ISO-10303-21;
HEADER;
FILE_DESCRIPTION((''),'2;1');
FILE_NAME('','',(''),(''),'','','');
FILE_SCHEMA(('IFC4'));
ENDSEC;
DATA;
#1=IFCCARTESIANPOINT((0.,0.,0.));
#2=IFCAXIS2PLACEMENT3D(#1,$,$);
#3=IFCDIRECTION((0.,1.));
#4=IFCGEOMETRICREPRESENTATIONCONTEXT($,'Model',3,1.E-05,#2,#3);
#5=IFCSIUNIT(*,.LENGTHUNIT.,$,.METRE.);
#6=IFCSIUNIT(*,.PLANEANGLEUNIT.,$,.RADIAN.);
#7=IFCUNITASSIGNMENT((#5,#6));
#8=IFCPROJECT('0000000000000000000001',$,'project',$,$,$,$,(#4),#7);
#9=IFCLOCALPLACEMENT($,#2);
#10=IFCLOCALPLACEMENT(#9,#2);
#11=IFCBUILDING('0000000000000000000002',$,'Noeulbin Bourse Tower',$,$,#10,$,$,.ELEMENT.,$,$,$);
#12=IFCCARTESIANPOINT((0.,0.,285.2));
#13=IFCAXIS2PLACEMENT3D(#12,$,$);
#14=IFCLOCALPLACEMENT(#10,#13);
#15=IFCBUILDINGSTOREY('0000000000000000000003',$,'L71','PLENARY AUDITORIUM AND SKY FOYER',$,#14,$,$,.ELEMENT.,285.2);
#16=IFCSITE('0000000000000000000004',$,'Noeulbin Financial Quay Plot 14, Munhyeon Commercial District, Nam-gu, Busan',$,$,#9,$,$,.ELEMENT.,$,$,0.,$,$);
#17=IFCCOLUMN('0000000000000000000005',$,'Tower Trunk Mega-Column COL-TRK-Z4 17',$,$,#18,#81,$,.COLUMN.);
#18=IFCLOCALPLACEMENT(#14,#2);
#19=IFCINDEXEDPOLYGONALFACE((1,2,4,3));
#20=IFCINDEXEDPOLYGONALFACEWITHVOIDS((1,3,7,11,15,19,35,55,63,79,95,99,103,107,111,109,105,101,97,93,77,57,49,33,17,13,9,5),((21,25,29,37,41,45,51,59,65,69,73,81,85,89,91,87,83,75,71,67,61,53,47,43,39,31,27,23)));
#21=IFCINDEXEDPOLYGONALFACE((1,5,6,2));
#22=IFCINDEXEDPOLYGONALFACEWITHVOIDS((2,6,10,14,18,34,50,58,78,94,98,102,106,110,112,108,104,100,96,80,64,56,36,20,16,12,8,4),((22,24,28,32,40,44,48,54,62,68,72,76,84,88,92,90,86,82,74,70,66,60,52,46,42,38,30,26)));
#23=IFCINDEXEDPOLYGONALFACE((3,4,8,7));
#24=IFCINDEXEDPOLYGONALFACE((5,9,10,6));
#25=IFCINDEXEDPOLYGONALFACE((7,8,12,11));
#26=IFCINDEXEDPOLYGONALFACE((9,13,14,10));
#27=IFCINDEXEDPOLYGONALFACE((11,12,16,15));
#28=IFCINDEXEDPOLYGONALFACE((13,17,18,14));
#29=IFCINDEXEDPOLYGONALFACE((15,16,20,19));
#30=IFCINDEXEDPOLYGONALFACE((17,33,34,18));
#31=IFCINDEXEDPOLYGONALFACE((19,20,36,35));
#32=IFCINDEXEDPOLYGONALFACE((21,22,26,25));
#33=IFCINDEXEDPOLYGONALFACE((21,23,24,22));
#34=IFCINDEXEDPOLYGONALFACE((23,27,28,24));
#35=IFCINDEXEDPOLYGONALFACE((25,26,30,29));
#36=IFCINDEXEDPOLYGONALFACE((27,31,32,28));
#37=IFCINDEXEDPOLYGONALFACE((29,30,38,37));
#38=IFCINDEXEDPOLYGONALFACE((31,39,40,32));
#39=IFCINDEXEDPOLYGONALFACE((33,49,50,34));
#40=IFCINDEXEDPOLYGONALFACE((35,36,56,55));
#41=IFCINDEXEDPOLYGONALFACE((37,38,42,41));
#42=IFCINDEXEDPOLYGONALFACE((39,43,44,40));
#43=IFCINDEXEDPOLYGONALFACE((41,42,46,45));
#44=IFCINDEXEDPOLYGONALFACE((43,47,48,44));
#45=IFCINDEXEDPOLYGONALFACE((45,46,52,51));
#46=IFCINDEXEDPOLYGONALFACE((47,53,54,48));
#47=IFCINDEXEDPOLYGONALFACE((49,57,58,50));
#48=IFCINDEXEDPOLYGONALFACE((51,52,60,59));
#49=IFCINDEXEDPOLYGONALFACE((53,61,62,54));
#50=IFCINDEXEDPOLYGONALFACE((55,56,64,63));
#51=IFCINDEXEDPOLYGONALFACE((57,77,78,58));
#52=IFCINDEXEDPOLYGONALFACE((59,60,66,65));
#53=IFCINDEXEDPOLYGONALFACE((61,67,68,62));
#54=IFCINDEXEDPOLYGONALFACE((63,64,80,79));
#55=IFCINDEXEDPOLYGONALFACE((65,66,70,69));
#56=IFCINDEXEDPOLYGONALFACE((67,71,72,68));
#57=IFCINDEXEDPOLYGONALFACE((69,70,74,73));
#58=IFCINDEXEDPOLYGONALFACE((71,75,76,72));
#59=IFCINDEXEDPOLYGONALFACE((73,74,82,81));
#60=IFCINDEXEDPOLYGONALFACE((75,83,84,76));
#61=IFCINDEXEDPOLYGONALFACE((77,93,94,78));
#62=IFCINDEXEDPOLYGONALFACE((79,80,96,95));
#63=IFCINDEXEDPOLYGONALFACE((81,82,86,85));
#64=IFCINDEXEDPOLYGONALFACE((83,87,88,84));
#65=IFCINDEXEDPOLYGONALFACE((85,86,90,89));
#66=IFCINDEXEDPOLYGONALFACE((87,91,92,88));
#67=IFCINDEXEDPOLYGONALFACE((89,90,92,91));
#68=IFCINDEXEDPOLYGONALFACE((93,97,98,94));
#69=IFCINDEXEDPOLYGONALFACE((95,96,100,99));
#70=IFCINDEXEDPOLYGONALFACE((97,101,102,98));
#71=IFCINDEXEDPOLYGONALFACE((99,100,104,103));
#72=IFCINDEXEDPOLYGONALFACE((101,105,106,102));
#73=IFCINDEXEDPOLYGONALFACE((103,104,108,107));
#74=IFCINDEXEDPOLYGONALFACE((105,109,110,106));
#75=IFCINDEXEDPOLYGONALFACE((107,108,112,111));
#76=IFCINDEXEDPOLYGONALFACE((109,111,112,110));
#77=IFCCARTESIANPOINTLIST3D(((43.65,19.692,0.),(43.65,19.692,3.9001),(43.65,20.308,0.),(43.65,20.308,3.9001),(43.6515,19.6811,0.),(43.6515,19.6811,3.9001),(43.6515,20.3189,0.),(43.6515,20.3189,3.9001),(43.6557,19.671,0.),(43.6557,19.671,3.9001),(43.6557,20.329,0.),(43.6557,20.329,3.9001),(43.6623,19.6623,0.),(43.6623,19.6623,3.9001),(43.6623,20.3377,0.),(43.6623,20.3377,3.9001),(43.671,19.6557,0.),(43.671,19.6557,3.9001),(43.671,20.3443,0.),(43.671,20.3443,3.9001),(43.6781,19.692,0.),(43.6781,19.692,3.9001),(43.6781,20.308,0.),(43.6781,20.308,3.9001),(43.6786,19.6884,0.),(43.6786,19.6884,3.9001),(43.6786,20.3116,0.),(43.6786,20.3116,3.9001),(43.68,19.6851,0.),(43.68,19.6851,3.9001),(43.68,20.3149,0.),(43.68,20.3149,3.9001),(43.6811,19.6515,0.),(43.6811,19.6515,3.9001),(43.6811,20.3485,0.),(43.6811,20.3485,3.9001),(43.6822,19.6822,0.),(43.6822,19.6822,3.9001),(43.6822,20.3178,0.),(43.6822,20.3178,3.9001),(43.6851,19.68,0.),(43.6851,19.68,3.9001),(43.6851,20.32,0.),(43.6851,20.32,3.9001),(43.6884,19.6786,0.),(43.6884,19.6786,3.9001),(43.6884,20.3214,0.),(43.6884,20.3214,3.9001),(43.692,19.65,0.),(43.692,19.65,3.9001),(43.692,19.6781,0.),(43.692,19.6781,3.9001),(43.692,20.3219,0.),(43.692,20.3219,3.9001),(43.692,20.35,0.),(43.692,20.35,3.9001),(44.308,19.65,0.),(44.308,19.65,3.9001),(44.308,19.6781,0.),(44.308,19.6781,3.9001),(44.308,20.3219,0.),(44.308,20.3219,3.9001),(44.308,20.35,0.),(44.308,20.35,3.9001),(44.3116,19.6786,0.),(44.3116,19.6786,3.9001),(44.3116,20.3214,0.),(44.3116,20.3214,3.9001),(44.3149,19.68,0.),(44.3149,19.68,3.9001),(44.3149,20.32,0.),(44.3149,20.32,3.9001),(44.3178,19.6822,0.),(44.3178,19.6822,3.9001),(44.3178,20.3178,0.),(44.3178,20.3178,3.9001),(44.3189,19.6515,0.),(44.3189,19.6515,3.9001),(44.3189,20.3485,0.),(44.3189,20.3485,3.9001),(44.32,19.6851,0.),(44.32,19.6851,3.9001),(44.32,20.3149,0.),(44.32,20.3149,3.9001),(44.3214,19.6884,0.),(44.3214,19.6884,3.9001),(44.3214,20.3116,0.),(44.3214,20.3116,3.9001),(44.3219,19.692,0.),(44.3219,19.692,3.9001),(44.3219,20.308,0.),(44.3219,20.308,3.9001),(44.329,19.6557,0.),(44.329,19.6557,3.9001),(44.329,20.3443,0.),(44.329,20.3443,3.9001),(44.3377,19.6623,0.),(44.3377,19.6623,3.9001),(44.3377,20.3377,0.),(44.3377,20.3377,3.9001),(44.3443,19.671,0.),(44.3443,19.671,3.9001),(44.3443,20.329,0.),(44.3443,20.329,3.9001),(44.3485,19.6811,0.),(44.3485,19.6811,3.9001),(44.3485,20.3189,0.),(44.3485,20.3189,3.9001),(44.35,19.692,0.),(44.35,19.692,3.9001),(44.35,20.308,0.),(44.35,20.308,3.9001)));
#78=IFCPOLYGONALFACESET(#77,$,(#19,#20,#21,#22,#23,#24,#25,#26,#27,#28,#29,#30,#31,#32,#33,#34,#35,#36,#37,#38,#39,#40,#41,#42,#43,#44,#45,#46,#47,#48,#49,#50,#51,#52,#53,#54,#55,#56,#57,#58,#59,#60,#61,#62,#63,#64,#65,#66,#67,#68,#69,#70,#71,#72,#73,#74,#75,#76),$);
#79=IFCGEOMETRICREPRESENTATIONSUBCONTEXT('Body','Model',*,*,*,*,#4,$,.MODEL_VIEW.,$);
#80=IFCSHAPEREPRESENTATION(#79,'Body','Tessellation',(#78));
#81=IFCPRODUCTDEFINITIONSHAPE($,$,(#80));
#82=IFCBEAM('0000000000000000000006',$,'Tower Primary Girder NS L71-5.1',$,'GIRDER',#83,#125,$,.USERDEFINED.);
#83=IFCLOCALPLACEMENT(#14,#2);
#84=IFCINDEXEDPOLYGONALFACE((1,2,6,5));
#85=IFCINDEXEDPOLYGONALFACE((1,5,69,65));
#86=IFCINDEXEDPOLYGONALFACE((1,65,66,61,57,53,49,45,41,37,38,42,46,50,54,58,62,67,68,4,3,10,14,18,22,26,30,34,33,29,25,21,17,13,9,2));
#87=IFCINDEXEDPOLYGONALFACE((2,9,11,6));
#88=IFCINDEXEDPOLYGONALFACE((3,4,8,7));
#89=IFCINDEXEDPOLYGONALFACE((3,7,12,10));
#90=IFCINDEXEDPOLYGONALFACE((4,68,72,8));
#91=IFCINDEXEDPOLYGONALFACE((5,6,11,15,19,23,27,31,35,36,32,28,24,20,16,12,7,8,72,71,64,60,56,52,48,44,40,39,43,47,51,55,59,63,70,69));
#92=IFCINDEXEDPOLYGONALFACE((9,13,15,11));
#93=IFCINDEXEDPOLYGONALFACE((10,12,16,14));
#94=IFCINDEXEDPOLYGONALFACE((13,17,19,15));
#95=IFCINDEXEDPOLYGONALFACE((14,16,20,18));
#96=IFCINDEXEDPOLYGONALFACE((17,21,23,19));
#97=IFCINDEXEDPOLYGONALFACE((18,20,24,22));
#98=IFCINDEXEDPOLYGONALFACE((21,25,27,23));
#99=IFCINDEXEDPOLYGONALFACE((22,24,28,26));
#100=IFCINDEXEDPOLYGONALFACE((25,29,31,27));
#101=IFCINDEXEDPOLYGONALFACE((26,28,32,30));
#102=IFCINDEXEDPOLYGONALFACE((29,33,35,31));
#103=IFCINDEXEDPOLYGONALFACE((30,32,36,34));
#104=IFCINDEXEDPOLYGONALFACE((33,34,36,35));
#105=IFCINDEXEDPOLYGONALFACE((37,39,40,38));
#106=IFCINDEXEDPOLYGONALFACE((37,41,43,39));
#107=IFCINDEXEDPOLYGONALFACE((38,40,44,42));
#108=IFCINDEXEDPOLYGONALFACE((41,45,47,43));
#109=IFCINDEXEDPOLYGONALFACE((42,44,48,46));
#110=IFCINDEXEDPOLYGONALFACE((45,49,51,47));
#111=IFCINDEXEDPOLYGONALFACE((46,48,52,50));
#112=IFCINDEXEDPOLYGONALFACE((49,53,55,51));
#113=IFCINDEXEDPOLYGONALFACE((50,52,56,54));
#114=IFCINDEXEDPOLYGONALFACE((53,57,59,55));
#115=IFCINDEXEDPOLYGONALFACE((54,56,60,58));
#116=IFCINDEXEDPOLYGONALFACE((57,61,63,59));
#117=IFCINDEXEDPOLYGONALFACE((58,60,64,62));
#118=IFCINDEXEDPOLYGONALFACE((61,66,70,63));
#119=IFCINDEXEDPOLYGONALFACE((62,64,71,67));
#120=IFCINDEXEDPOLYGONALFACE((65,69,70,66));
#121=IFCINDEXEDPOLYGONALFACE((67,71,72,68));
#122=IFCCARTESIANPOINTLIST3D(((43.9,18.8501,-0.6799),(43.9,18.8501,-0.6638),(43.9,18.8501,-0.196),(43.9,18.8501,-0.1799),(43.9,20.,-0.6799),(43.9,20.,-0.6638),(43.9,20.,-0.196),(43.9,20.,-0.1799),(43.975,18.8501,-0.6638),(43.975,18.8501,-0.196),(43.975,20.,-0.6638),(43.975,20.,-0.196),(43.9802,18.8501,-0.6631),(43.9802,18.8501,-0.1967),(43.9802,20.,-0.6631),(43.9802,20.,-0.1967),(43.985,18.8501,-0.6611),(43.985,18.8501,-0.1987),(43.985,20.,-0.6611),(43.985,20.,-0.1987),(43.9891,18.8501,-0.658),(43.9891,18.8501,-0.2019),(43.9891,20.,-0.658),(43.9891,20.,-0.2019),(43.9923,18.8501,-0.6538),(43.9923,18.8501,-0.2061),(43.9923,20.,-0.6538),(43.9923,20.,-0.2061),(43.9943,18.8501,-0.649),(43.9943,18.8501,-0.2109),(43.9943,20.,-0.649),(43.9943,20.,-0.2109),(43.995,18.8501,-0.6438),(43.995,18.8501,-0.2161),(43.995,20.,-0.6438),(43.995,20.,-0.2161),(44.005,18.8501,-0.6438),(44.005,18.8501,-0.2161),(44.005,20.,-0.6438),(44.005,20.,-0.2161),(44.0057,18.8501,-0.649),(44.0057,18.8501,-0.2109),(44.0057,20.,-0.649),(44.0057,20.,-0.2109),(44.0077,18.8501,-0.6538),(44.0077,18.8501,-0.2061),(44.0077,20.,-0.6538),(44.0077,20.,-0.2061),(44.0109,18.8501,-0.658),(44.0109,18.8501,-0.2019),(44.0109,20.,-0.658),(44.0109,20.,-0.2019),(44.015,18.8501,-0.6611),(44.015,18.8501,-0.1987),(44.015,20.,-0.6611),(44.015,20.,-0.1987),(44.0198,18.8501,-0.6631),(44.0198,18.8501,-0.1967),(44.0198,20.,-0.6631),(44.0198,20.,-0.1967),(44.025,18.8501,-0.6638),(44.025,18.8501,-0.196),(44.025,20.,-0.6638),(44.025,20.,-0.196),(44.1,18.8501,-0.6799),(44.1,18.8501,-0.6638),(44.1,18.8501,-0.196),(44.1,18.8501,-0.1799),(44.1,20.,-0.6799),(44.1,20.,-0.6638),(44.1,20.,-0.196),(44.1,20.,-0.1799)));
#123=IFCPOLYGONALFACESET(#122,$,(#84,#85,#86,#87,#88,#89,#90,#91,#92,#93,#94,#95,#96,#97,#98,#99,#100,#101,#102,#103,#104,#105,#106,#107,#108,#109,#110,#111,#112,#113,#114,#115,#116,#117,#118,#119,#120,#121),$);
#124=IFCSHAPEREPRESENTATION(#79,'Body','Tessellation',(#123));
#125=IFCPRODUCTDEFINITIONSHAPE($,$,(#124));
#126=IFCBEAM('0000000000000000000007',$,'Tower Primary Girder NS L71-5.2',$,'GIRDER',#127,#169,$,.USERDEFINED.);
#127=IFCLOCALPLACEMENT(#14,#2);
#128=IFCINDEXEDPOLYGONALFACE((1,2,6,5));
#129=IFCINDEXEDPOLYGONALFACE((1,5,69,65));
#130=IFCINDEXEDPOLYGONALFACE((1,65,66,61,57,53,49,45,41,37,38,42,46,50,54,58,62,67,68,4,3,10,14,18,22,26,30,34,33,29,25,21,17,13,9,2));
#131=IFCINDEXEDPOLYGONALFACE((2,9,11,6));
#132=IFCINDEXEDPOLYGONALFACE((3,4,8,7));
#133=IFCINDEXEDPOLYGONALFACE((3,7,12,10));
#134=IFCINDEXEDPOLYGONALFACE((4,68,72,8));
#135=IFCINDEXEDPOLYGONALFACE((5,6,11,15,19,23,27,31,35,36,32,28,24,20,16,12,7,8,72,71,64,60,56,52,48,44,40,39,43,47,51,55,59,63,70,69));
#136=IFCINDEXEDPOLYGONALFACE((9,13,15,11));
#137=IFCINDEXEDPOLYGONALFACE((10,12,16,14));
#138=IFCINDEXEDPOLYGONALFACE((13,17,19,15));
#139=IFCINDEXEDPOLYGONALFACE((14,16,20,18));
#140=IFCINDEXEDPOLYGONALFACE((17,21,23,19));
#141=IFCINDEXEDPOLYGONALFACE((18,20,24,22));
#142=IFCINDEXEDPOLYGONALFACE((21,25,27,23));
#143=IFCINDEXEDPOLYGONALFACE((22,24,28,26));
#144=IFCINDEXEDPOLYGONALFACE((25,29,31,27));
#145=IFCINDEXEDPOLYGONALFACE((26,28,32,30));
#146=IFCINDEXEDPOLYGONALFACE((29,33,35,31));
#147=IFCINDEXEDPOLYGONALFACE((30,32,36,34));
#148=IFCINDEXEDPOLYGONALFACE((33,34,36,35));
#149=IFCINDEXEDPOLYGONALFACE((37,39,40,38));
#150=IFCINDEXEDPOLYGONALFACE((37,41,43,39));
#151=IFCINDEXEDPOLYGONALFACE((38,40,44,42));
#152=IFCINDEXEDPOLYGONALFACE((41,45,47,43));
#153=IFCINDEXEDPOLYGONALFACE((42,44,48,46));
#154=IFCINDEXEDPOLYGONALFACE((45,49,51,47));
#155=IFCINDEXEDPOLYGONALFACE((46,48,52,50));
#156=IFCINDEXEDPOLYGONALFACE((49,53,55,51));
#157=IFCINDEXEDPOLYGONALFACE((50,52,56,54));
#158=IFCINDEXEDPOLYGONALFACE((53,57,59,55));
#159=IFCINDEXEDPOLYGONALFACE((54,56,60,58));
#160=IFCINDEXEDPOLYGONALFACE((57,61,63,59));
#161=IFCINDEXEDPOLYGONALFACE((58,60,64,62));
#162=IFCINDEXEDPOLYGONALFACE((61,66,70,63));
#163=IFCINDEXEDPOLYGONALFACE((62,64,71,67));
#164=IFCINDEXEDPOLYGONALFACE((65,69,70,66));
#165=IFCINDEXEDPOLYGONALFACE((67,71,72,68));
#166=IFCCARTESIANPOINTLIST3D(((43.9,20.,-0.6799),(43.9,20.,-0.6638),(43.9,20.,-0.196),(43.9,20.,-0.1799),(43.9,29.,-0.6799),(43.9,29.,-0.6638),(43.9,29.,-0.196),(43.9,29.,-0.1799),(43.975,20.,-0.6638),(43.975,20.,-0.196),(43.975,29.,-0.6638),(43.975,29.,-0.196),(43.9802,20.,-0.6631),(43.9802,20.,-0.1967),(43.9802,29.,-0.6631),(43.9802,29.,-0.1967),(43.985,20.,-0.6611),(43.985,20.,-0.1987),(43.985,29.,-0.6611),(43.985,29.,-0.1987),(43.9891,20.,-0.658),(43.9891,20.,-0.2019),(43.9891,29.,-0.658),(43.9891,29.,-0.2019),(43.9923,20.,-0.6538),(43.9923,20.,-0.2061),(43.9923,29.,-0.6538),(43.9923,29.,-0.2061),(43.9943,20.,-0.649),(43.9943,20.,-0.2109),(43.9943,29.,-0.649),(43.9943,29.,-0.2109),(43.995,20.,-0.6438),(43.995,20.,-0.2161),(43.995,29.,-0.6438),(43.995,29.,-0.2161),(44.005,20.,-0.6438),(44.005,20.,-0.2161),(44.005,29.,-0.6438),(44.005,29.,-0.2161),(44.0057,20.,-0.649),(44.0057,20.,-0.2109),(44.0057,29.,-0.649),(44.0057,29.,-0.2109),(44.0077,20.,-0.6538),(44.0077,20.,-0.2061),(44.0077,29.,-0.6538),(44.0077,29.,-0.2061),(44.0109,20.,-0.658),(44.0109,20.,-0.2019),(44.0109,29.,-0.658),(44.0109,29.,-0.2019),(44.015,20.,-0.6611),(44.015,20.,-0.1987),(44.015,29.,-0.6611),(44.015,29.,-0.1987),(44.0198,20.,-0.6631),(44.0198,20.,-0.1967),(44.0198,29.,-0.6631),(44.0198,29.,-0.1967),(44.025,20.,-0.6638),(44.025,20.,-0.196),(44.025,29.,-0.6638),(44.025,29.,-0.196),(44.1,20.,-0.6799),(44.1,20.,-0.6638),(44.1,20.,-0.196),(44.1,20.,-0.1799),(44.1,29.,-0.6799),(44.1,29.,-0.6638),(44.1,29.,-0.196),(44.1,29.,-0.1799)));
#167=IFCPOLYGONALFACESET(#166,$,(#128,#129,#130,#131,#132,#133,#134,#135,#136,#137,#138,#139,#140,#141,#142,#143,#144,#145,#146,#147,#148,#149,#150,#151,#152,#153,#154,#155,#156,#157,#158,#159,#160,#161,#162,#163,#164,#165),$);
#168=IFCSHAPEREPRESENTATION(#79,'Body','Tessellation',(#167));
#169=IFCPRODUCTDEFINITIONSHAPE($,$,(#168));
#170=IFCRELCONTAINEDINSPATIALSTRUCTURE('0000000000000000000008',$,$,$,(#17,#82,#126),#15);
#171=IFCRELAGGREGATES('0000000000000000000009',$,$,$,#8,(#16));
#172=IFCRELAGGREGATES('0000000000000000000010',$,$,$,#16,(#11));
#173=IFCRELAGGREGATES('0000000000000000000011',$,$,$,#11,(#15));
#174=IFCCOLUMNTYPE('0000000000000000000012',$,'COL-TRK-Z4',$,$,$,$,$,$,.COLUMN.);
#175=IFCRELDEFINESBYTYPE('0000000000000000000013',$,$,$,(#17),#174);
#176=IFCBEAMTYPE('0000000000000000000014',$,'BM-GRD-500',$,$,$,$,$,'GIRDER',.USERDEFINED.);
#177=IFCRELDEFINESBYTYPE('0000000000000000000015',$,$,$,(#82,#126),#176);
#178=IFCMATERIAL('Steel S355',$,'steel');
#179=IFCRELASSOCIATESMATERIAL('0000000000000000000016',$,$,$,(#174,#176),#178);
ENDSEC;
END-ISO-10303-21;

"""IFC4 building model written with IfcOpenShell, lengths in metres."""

from ifc_helpers import new_model, si_unit, direction, frame, origin, origin_2d, place, context, subcontext, project, spatial, hollow_rectangle, i_section, extrude, material, material_profile, profile_set, type_object, element, save


model = new_model("IFC4")

# Units and contexts
model_context = context("Model", 3, precision=1e-05, world=origin(), true_north=direction((0.0, 1.0)))
body_context = subcontext(model_context, "Body", "Model", "MODEL_VIEW")
ifc_project = project(units=[si_unit("LENGTHUNIT", "METRE"), si_unit("PLANEANGLEUNIT", "RADIAN")], contexts=[model_context])

# Site, building, storey
site_placement = place(None, origin())
site = spatial("IfcSite", under=ifc_project, at=site_placement, Name="Noeulbin Financial Quay Plot 14, Munhyeon Commercial District, Nam-gu, Busan", CompositionType="ELEMENT", RefElevation=0.0)
building_placement = place(site_placement, origin())
building = spatial("IfcBuilding", under=site, at=building_placement, Name="Noeulbin Bourse Tower", CompositionType="ELEMENT")
storey_placement = place(building_placement, frame((0.0, 0.0, 285.2)))
storey = spatial("IfcBuildingStorey", under=building, at=storey_placement, Name="L71", Description="PLENARY AUDITORIUM AND SKY FOYER", CompositionType="ELEMENT", Elevation=285.2)

# Column
ifc_material_1 = material(Name="Steel S355", Category="steel")
ifc_material_profile_1 = material_profile(ifc_material_1, hollow_rectangle(XDim=0.7, YDim=0.7, WallThickness=0.0281, InnerFilletRadius=0.0139, OuterFilletRadius=0.042, at=origin_2d()), Name="BOX-700x700x28", Category="LoadBearing")
ifc_profile_set_1 = profile_set([ifc_material_profile_1], Name="Steel S355")
column_type_1 = type_object("IfcColumnType", Name="COL-TRK-Z4", PredefinedType="COLUMN", material=ifc_profile_set_1)
for number, where, z_axis, x_axis, name in (
    (1, (44.0, 20.0, 0.0), (0.0, 0.0, 1.0), (1.0, 0.0, 0.0), "Tower Trunk Mega-Column COL-TRK-Z4 17"),
):
    element("IfcColumn", number, at=place(storey_placement, frame(where, z_axis=z_axis, x_axis=x_axis)), inside=storey, type_object=column_type_1, Name=name, PredefinedType="COLUMN", context=body_context, shape_type="SweptSolid", body=[
        extrude(hollow_rectangle(XDim=0.7, YDim=0.7, WallThickness=0.0281, InnerFilletRadius=0.0139, OuterFilletRadius=0.042, at=origin_2d()), origin(), (0.0, 0.0, 1.0), 3.9001),
    ])

# Beams
ifc_material_profile_2 = material_profile(ifc_material_1, i_section(OverallWidth=0.2, OverallDepth=0.5, WebThickness=0.01, FlangeThickness=0.0161, FilletRadius=0.02, at=origin_2d()), Name="H-500x200x10x16", Category="LoadBearing")
ifc_profile_set_2 = profile_set([ifc_material_profile_2], Name="Steel S355")
beam_type_1 = type_object("IfcBeamType", Name="BM-GRD-500", ElementType="GIRDER", PredefinedType="USERDEFINED", material=ifc_profile_set_2)
beam_1_placement = place(storey_placement, frame((44.0, 18.8501, -0.4299), z_axis=(0.0, 1.0, 0.0), x_axis=(-1.0, 0.0, 0.0)))
element("IfcBeam", 2, at=beam_1_placement, inside=storey, type_object=beam_type_1, Name="Tower Primary Girder NS L71-5.1", ObjectType="GIRDER", PredefinedType="USERDEFINED", context=body_context, shape_type="SweptSolid", body=[
    extrude(i_section(OverallWidth=0.2, OverallDepth=0.5, WebThickness=0.01, FlangeThickness=0.0161, FilletRadius=0.02, at=origin_2d()), origin(), (0.0, 0.0, 1.0), 1.1499),
])
beam_2_placement = place(storey_placement, frame((44.0, 20.0, -0.4299), z_axis=(0.0, 1.0, 0.0), x_axis=(-1.0, 0.0, 0.0)))
element("IfcBeam", 3, at=beam_2_placement, inside=storey, type_object=beam_type_1, Name="Tower Primary Girder NS L71-5.2", ObjectType="GIRDER", PredefinedType="USERDEFINED", context=body_context, shape_type="SweptSolid", body=[
    extrude(i_section(OverallWidth=0.2, OverallDepth=0.5, WebThickness=0.01, FlangeThickness=0.0161, FilletRadius=0.02, at=origin_2d()), origin(), (0.0, 0.0, 1.0), 9.0),
])

save(model, "model.ifc")
